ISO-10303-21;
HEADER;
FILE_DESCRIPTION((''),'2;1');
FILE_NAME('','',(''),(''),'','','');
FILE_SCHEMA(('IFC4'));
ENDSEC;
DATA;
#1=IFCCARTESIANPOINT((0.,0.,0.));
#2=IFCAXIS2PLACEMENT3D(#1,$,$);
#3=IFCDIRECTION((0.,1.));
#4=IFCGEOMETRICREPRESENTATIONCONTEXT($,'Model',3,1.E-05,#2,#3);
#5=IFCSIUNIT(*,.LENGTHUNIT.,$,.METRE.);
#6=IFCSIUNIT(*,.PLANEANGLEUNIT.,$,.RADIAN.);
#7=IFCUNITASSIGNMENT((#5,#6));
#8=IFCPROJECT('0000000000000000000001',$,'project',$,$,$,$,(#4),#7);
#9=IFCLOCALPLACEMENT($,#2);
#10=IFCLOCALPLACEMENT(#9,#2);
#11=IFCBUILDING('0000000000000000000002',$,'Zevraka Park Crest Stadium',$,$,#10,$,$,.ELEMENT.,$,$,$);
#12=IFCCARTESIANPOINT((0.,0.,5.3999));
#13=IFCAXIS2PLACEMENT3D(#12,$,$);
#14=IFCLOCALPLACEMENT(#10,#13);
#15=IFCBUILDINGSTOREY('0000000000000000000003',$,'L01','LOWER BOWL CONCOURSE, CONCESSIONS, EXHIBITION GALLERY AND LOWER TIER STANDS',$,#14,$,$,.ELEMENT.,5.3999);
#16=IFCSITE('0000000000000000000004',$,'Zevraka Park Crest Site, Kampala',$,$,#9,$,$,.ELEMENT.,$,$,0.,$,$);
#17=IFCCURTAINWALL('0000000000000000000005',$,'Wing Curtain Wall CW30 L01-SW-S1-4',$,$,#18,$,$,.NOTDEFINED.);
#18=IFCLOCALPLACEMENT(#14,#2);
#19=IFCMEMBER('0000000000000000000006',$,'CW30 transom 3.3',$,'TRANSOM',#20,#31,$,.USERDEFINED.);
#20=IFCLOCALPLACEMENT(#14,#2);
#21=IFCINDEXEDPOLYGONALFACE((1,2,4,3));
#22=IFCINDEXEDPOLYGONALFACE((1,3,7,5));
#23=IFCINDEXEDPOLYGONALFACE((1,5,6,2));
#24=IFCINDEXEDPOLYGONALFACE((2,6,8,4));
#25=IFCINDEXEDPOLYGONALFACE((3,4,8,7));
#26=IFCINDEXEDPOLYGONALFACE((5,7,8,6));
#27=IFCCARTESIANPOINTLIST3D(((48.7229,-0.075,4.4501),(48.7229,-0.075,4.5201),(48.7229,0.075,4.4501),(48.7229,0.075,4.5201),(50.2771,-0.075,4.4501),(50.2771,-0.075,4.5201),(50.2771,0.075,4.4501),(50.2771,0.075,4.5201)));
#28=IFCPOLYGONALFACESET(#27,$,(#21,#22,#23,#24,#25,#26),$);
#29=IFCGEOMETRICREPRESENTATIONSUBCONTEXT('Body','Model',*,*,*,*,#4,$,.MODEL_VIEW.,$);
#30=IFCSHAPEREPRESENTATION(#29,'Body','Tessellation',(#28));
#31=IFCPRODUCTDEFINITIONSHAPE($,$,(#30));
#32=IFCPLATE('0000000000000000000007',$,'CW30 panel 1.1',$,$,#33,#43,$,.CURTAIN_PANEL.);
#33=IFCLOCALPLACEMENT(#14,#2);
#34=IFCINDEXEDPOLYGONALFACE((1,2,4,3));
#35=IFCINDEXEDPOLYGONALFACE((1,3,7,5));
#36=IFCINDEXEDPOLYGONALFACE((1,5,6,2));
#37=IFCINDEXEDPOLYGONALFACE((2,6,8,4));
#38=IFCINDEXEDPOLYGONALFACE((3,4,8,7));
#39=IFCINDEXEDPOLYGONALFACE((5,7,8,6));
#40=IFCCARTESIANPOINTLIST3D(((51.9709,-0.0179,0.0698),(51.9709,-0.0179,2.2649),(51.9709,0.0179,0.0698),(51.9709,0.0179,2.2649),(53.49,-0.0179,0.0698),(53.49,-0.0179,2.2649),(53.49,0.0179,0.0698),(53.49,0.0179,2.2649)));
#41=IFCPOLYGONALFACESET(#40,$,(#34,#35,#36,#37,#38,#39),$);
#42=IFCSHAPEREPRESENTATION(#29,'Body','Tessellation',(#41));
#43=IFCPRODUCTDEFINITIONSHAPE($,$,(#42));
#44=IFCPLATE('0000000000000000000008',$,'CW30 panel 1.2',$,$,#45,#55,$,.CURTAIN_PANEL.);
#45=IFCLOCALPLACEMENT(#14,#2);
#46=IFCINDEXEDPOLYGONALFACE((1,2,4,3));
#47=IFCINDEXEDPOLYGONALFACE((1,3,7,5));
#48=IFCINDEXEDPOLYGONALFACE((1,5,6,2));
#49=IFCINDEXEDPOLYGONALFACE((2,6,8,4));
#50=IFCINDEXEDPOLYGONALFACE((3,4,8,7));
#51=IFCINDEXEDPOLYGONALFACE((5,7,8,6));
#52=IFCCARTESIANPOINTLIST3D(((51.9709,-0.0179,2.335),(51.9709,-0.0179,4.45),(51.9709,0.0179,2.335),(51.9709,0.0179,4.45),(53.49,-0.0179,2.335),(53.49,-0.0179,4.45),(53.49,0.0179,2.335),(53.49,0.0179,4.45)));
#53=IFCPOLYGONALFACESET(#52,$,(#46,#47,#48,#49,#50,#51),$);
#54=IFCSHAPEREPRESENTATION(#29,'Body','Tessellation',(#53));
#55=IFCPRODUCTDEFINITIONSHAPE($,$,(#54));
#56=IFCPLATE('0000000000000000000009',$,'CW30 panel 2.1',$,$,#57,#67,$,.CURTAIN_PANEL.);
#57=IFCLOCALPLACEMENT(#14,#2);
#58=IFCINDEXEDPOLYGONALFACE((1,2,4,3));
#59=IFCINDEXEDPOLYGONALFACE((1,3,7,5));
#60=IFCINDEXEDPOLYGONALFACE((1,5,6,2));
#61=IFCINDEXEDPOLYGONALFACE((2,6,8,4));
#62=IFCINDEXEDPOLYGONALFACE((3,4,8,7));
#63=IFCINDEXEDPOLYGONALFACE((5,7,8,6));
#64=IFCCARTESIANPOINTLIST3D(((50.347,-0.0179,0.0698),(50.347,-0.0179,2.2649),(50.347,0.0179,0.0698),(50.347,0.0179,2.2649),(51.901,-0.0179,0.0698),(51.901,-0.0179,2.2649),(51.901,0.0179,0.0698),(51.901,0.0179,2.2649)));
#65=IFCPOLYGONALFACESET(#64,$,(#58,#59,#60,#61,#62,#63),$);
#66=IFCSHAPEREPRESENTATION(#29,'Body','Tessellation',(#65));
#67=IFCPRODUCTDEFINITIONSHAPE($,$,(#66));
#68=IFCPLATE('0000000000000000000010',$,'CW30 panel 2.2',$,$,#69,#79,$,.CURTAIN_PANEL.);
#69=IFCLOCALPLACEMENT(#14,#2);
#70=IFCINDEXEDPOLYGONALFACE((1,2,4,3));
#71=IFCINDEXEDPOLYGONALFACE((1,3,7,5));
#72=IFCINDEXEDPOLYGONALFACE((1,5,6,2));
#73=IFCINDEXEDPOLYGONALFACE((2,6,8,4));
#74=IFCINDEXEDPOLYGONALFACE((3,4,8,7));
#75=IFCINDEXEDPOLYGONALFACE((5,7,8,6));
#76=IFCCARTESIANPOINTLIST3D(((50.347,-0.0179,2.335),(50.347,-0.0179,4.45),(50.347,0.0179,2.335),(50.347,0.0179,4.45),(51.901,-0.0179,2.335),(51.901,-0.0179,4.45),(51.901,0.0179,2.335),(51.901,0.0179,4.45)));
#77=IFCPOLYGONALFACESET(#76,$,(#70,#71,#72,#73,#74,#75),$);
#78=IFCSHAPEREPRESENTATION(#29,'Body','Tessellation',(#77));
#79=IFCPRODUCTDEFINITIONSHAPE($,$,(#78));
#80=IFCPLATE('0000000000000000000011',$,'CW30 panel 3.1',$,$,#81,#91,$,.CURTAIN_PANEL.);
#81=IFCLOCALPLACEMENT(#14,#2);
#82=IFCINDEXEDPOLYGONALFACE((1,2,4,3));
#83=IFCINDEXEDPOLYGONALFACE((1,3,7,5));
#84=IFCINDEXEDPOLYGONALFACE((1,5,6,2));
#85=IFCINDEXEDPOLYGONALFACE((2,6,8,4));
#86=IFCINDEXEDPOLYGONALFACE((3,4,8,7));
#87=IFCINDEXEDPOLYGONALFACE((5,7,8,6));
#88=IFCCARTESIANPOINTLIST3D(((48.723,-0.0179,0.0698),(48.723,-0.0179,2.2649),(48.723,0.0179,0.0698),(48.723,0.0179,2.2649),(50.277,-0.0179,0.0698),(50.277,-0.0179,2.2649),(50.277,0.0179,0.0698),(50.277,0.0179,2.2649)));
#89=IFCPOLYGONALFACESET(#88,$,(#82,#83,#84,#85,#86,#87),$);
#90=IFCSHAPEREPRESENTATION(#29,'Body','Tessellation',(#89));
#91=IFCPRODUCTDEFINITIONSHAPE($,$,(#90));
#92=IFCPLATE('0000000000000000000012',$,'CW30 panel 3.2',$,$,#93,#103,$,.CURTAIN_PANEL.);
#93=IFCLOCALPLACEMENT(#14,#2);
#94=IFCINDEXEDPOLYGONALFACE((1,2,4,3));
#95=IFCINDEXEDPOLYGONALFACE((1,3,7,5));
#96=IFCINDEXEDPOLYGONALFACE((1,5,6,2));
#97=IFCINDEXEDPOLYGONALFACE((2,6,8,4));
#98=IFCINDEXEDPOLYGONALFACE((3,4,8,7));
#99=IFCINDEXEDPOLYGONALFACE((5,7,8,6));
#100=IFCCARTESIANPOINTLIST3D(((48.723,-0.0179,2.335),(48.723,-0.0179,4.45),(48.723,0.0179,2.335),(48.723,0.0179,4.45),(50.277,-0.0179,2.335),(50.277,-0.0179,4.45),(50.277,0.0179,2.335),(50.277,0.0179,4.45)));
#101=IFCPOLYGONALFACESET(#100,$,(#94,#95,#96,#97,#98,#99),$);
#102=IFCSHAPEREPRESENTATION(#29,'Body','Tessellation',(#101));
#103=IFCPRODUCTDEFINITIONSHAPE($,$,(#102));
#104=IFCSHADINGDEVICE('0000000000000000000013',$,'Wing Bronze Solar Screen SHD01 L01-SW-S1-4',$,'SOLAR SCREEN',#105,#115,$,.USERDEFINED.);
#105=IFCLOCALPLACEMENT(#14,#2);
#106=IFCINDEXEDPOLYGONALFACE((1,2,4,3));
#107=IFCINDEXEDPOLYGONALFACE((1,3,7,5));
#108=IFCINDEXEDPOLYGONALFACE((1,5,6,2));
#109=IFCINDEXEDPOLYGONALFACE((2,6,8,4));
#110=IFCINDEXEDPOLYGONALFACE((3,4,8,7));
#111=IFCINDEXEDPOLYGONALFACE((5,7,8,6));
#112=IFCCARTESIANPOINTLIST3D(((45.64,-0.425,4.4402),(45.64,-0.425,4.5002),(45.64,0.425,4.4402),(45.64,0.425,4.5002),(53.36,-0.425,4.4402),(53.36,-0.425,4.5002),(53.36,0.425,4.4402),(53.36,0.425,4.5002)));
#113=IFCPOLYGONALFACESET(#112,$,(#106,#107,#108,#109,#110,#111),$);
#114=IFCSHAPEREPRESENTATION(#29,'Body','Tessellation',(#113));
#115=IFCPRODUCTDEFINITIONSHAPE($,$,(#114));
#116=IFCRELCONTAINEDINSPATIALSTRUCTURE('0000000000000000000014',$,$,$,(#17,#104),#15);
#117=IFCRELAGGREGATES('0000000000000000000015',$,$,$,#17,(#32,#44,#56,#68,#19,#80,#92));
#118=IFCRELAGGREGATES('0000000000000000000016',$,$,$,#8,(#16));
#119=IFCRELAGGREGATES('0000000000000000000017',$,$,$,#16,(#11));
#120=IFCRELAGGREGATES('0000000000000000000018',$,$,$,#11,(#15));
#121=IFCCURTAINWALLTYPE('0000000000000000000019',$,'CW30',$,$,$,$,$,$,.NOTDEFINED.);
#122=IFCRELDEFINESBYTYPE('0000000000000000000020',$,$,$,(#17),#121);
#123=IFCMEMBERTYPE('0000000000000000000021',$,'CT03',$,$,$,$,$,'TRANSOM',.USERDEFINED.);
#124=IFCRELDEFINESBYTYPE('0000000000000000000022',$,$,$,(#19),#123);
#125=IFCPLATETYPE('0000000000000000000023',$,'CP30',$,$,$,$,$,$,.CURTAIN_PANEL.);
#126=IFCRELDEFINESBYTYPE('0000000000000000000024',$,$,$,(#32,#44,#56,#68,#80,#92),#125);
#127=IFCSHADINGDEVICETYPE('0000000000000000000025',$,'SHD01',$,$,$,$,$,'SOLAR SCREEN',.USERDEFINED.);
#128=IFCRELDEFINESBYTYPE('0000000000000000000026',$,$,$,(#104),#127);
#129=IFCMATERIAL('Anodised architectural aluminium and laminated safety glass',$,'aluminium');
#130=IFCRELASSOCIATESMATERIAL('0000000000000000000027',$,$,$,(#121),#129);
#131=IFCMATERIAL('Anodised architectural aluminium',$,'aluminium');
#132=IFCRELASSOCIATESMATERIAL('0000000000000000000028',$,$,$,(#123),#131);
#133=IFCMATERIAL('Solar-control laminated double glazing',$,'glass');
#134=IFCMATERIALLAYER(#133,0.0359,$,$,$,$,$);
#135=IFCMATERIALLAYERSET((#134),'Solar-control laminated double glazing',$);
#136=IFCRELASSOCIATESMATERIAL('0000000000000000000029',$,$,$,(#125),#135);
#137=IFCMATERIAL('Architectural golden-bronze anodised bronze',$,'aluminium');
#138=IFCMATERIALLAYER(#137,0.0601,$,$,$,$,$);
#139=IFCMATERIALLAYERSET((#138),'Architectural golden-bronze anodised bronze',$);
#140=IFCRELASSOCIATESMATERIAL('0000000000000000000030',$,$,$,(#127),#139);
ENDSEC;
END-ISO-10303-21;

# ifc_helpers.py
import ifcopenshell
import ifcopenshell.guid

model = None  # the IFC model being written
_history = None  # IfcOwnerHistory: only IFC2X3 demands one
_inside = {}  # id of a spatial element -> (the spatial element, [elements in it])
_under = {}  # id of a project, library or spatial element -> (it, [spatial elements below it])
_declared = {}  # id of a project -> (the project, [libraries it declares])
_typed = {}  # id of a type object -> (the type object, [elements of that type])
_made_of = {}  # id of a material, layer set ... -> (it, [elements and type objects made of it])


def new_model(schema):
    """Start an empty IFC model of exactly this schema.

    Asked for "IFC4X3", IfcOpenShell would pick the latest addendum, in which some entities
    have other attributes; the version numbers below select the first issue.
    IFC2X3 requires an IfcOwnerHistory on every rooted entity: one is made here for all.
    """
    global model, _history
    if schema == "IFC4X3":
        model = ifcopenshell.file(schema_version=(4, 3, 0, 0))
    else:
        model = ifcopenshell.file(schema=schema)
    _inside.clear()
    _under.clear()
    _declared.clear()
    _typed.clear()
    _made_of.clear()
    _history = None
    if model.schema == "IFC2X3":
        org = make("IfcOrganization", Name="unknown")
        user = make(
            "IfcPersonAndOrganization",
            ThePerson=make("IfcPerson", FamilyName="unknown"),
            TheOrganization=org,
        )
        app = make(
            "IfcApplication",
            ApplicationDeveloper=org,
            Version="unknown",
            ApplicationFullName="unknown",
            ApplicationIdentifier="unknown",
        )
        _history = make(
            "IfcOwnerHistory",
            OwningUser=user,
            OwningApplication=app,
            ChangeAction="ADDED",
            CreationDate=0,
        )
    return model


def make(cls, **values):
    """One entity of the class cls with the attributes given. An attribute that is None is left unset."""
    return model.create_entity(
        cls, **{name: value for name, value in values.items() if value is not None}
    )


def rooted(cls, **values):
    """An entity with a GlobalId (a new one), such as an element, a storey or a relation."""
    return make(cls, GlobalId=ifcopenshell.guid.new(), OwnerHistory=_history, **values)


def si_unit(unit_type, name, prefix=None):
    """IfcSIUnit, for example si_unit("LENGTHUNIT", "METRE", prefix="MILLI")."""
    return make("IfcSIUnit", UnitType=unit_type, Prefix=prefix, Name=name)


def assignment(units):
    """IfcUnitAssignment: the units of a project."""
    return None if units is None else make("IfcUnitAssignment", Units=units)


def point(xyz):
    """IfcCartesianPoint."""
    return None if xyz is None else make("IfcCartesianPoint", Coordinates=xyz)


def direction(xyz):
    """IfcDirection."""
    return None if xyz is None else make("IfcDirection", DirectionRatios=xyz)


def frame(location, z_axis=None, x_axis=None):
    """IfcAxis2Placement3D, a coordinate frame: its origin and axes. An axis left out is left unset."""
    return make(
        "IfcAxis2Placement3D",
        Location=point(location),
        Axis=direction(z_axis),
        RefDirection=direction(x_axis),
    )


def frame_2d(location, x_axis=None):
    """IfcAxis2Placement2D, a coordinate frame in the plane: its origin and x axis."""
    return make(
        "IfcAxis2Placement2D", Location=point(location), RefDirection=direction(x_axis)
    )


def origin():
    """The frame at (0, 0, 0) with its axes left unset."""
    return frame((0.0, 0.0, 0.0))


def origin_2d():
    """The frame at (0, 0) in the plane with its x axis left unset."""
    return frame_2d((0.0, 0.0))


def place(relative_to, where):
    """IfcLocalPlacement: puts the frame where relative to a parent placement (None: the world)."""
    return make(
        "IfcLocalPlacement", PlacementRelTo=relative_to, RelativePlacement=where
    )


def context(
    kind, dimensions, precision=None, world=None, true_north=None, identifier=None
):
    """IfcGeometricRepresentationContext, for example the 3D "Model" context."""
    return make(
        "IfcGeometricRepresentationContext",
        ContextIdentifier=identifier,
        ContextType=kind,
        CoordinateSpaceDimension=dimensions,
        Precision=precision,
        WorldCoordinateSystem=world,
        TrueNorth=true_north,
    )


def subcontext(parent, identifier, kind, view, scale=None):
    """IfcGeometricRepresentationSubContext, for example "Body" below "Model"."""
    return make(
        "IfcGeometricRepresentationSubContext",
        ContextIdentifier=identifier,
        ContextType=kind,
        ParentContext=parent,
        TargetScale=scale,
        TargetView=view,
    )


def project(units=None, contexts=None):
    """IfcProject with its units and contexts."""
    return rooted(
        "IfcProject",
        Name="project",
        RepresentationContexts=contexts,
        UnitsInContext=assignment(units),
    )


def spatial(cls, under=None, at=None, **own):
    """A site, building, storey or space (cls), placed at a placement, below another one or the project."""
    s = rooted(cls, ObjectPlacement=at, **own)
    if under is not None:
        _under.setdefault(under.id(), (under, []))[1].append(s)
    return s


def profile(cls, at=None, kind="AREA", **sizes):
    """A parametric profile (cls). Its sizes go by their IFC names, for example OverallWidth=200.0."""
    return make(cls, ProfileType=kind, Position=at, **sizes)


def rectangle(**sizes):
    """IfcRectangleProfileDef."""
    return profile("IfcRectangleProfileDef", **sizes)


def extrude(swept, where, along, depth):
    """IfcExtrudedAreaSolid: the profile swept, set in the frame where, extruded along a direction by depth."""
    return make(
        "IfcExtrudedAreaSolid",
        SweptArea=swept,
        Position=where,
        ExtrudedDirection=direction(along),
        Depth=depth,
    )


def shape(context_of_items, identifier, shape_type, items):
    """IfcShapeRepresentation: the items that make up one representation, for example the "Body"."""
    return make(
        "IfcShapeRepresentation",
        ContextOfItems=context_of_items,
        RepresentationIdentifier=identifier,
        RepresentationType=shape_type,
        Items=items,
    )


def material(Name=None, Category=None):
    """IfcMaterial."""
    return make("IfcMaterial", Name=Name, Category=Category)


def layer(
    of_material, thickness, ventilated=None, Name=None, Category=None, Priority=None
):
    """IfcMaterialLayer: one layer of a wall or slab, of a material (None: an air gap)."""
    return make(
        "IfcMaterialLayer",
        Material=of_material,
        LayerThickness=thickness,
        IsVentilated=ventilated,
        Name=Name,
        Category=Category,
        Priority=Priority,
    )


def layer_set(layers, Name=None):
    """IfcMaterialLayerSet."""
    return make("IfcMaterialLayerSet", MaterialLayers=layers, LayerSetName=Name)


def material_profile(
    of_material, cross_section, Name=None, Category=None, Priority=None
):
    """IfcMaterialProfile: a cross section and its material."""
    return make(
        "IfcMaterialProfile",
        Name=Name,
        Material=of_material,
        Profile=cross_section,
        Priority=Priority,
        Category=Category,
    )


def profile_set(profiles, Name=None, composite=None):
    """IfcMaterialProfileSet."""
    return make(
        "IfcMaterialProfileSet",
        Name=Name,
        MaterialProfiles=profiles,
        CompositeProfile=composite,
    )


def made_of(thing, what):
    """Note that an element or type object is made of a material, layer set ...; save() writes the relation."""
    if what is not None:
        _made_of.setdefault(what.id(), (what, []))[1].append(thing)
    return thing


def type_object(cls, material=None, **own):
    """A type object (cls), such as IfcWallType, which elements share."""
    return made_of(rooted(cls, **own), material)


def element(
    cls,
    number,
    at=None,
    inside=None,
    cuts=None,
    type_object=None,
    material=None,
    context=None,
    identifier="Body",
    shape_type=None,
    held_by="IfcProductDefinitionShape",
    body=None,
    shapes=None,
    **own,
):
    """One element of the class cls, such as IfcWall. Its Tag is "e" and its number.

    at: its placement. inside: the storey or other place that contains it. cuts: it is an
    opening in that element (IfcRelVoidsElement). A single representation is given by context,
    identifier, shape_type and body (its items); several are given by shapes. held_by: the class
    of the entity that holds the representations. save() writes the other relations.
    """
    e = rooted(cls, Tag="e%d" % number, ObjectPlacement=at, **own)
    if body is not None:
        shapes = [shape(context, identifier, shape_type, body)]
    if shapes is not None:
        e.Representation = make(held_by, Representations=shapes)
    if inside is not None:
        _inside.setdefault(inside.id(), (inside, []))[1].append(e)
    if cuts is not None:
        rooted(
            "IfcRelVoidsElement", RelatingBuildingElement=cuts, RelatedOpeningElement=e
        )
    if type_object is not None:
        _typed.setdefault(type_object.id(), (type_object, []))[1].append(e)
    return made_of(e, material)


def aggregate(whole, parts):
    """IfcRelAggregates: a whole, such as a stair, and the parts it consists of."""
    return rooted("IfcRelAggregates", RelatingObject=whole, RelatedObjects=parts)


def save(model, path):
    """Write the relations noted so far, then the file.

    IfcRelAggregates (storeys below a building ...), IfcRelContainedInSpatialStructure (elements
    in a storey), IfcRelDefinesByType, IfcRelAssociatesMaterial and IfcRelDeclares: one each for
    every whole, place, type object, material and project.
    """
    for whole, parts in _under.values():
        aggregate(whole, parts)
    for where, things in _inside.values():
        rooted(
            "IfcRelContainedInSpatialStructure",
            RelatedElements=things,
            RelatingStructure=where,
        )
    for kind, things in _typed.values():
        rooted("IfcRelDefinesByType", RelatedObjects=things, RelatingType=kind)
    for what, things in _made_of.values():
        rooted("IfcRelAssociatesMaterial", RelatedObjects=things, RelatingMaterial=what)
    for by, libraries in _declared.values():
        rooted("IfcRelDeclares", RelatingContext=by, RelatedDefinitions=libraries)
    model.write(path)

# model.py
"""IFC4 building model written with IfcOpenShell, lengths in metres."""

from ifc_helpers import new_model, si_unit, direction, frame, origin, origin_2d, place, context, subcontext, project, spatial, rectangle, extrude, material, layer, layer_set, material_profile, profile_set, type_object, element, aggregate, save


model = new_model("IFC4")

# Units and contexts
model_context = context("Model", 3, precision=1e-05, world=origin(), true_north=direction((0.0, 1.0)))
body_context = subcontext(model_context, "Body", "Model", "MODEL_VIEW")
ifc_project = project(units=[si_unit("LENGTHUNIT", "METRE"), si_unit("PLANEANGLEUNIT", "RADIAN")], contexts=[model_context])

# Site, building, storey
site_placement = place(None, origin())
site = spatial("IfcSite", under=ifc_project, at=site_placement, Name="Zevraka Park Crest Site, Kampala", CompositionType="ELEMENT", RefElevation=0.0)
building_placement = place(site_placement, origin())
building = spatial("IfcBuilding", under=site, at=building_placement, Name="Zevraka Park Crest Stadium", CompositionType="ELEMENT")
storey_placement = place(building_placement, frame((0.0, 0.0, 5.3999)))
storey = spatial("IfcBuildingStorey", under=building, at=storey_placement, Name="L01", Description="LOWER BOWL CONCOURSE, CONCESSIONS, EXHIBITION GALLERY AND LOWER TIER STANDS", CompositionType="ELEMENT", Elevation=5.3999)

# Curtain wall, member, plates
ifc_material_1 = material(Name="Anodised architectural aluminium and laminated safety glass", Category="aluminium")
curtain_wall_type = type_object("IfcCurtainWallType", Name="CW30", PredefinedType="NOTDEFINED", material=ifc_material_1)
curtain_wall_placement = place(storey_placement, origin())
curtain_wall = element("IfcCurtainWall", 1, at=curtain_wall_placement, inside=storey, type_object=curtain_wall_type, Name="Wing Curtain Wall CW30 L01-SW-S1-4", PredefinedType="NOTDEFINED")
ifc_material_2 = material(Name="Anodised architectural aluminium", Category="aluminium")
ifc_material_profile_1 = material_profile(ifc_material_2, rectangle(XDim=0.1499, YDim=0.0701, at=origin_2d()), Name="ALU TRANSOM 150x70")
ifc_profile_set_1 = profile_set([ifc_material_profile_1], Name="Anodised architectural aluminium")
member_type_1 = type_object("IfcMemberType", Name="CT03", ElementType="TRANSOM", PredefinedType="USERDEFINED", material=ifc_profile_set_1)
member_1_placement = place(storey_placement, frame((50.2771, 0.0, 4.4851), z_axis=(-1.0, 0.0, 0.0), x_axis=(0.0, -1.0, 0.0)))
member_1 = element("IfcMember", 2, at=member_1_placement, type_object=member_type_1, Name="CW30 transom 3.3", ObjectType="TRANSOM", PredefinedType="USERDEFINED", context=body_context, shape_type="SweptSolid", body=[
    extrude(rectangle(XDim=0.1499, YDim=0.0701, at=origin_2d()), origin(), (0.0, 0.0, 1.0), 1.5542),
])
ifc_material_3 = material(Name="Solar-control laminated double glazing", Category="glass")
ifc_layer_1 = layer(ifc_material_3, 0.0359)
ifc_layer_set_1 = layer_set([ifc_layer_1], Name="Solar-control laminated double glazing")
plate_type = type_object("IfcPlateType", Name="CP30", PredefinedType="CURTAIN_PANEL", material=ifc_layer_set_1)
plate_1_placement = place(storey_placement, frame((52.7305, 0.0, 0.0698), z_axis=(0.0, 0.0, 1.0), x_axis=(-1.0, 0.0, 0.0)))
plate_1 = element("IfcPlate", 3, at=plate_1_placement, type_object=plate_type, Name="CW30 panel 1.1", PredefinedType="CURTAIN_PANEL", context=body_context, shape_type="SweptSolid", body=[
    extrude(rectangle(XDim=1.519, YDim=0.0359, at=origin_2d()), origin(), (0.0, 0.0, 1.0), 2.1951),
])
plate_2_placement = place(storey_placement, frame((52.7305, 0.0, 2.335), z_axis=(0.0, 0.0, 1.0), x_axis=(-1.0, 0.0, 0.0)))
plate_2 = element("IfcPlate", 4, at=plate_2_placement, type_object=plate_type, Name="CW30 panel 1.2", PredefinedType="CURTAIN_PANEL", context=body_context, shape_type="SweptSolid", body=[
    extrude(rectangle(XDim=1.519, YDim=0.0359, at=origin_2d()), origin(), (0.0, 0.0, 1.0), 2.115),
])
plate_3_placement = place(storey_placement, frame((51.124, 0.0, 0.0698), z_axis=(0.0, 0.0, 1.0), x_axis=(-1.0, 0.0, 0.0)))
plate_3 = element("IfcPlate", 5, at=plate_3_placement, type_object=plate_type, Name="CW30 panel 2.1", PredefinedType="CURTAIN_PANEL", context=body_context, shape_type="SweptSolid", body=[
    extrude(rectangle(XDim=1.554, YDim=0.0359, at=origin_2d()), origin(), (0.0, 0.0, 1.0), 2.1951),
])
plate_4_placement = place(storey_placement, frame((51.124, 0.0, 2.335), z_axis=(0.0, 0.0, 1.0), x_axis=(-1.0, 0.0, 0.0)))
plate_4 = element("IfcPlate", 6, at=plate_4_placement, type_object=plate_type, Name="CW30 panel 2.2", PredefinedType="CURTAIN_PANEL", context=body_context, shape_type="SweptSolid", body=[
    extrude(rectangle(XDim=1.554, YDim=0.0359, at=origin_2d()), origin(), (0.0, 0.0, 1.0), 2.115),
])
plate_5_placement = place(storey_placement, frame((49.5, 0.0, 0.0698), z_axis=(0.0, 0.0, 1.0), x_axis=(-1.0, 0.0, 0.0)))
plate_5 = element("IfcPlate", 7, at=plate_5_placement, type_object=plate_type, Name="CW30 panel 3.1", PredefinedType="CURTAIN_PANEL", context=body_context, shape_type="SweptSolid", body=[
    extrude(rectangle(XDim=1.554, YDim=0.0359, at=origin_2d()), origin(), (0.0, 0.0, 1.0), 2.1951),
])
plate_6_placement = place(storey_placement, frame((49.5, 0.0, 2.335), z_axis=(0.0, 0.0, 1.0), x_axis=(-1.0, 0.0, 0.0)))
plate_6 = element("IfcPlate", 8, at=plate_6_placement, type_object=plate_type, Name="CW30 panel 3.2", PredefinedType="CURTAIN_PANEL", context=body_context, shape_type="SweptSolid", body=[
    extrude(rectangle(XDim=1.554, YDim=0.0359, at=origin_2d()), origin(), (0.0, 0.0, 1.0), 2.115),
])
aggregate(curtain_wall, [plate_1, plate_2, plate_3, plate_4, member_1, plate_5, plate_6])

# Shading device
ifc_material_4 = material(Name="Architectural golden-bronze anodised bronze", Category="aluminium")
ifc_layer_2 = layer(ifc_material_4, 0.0601)
ifc_layer_set_2 = layer_set([ifc_layer_2], Name="Architectural golden-bronze anodised bronze")
shading_device_type = type_object("IfcShadingDeviceType", Name="SHD01", ElementType="SOLAR SCREEN", PredefinedType="USERDEFINED", material=ifc_layer_set_2)
shading_device_placement = place(storey_placement, frame((49.5, 0.0, 4.4402), z_axis=(0.0, 0.0, 1.0), x_axis=(-1.0, 0.0, 0.0)))
element("IfcShadingDevice", 9, at=shading_device_placement, inside=storey, type_object=shading_device_type, Name="Wing Bronze Solar Screen SHD01 L01-SW-S1-4", ObjectType="SOLAR SCREEN", PredefinedType="USERDEFINED", context=body_context, shape_type="SweptSolid", body=[
    extrude(rectangle(XDim=7.72, YDim=0.8501, at=origin_2d()), origin(), (0.0, 0.0, 1.0), 0.0601),
])

save(model, "model.ifc")
